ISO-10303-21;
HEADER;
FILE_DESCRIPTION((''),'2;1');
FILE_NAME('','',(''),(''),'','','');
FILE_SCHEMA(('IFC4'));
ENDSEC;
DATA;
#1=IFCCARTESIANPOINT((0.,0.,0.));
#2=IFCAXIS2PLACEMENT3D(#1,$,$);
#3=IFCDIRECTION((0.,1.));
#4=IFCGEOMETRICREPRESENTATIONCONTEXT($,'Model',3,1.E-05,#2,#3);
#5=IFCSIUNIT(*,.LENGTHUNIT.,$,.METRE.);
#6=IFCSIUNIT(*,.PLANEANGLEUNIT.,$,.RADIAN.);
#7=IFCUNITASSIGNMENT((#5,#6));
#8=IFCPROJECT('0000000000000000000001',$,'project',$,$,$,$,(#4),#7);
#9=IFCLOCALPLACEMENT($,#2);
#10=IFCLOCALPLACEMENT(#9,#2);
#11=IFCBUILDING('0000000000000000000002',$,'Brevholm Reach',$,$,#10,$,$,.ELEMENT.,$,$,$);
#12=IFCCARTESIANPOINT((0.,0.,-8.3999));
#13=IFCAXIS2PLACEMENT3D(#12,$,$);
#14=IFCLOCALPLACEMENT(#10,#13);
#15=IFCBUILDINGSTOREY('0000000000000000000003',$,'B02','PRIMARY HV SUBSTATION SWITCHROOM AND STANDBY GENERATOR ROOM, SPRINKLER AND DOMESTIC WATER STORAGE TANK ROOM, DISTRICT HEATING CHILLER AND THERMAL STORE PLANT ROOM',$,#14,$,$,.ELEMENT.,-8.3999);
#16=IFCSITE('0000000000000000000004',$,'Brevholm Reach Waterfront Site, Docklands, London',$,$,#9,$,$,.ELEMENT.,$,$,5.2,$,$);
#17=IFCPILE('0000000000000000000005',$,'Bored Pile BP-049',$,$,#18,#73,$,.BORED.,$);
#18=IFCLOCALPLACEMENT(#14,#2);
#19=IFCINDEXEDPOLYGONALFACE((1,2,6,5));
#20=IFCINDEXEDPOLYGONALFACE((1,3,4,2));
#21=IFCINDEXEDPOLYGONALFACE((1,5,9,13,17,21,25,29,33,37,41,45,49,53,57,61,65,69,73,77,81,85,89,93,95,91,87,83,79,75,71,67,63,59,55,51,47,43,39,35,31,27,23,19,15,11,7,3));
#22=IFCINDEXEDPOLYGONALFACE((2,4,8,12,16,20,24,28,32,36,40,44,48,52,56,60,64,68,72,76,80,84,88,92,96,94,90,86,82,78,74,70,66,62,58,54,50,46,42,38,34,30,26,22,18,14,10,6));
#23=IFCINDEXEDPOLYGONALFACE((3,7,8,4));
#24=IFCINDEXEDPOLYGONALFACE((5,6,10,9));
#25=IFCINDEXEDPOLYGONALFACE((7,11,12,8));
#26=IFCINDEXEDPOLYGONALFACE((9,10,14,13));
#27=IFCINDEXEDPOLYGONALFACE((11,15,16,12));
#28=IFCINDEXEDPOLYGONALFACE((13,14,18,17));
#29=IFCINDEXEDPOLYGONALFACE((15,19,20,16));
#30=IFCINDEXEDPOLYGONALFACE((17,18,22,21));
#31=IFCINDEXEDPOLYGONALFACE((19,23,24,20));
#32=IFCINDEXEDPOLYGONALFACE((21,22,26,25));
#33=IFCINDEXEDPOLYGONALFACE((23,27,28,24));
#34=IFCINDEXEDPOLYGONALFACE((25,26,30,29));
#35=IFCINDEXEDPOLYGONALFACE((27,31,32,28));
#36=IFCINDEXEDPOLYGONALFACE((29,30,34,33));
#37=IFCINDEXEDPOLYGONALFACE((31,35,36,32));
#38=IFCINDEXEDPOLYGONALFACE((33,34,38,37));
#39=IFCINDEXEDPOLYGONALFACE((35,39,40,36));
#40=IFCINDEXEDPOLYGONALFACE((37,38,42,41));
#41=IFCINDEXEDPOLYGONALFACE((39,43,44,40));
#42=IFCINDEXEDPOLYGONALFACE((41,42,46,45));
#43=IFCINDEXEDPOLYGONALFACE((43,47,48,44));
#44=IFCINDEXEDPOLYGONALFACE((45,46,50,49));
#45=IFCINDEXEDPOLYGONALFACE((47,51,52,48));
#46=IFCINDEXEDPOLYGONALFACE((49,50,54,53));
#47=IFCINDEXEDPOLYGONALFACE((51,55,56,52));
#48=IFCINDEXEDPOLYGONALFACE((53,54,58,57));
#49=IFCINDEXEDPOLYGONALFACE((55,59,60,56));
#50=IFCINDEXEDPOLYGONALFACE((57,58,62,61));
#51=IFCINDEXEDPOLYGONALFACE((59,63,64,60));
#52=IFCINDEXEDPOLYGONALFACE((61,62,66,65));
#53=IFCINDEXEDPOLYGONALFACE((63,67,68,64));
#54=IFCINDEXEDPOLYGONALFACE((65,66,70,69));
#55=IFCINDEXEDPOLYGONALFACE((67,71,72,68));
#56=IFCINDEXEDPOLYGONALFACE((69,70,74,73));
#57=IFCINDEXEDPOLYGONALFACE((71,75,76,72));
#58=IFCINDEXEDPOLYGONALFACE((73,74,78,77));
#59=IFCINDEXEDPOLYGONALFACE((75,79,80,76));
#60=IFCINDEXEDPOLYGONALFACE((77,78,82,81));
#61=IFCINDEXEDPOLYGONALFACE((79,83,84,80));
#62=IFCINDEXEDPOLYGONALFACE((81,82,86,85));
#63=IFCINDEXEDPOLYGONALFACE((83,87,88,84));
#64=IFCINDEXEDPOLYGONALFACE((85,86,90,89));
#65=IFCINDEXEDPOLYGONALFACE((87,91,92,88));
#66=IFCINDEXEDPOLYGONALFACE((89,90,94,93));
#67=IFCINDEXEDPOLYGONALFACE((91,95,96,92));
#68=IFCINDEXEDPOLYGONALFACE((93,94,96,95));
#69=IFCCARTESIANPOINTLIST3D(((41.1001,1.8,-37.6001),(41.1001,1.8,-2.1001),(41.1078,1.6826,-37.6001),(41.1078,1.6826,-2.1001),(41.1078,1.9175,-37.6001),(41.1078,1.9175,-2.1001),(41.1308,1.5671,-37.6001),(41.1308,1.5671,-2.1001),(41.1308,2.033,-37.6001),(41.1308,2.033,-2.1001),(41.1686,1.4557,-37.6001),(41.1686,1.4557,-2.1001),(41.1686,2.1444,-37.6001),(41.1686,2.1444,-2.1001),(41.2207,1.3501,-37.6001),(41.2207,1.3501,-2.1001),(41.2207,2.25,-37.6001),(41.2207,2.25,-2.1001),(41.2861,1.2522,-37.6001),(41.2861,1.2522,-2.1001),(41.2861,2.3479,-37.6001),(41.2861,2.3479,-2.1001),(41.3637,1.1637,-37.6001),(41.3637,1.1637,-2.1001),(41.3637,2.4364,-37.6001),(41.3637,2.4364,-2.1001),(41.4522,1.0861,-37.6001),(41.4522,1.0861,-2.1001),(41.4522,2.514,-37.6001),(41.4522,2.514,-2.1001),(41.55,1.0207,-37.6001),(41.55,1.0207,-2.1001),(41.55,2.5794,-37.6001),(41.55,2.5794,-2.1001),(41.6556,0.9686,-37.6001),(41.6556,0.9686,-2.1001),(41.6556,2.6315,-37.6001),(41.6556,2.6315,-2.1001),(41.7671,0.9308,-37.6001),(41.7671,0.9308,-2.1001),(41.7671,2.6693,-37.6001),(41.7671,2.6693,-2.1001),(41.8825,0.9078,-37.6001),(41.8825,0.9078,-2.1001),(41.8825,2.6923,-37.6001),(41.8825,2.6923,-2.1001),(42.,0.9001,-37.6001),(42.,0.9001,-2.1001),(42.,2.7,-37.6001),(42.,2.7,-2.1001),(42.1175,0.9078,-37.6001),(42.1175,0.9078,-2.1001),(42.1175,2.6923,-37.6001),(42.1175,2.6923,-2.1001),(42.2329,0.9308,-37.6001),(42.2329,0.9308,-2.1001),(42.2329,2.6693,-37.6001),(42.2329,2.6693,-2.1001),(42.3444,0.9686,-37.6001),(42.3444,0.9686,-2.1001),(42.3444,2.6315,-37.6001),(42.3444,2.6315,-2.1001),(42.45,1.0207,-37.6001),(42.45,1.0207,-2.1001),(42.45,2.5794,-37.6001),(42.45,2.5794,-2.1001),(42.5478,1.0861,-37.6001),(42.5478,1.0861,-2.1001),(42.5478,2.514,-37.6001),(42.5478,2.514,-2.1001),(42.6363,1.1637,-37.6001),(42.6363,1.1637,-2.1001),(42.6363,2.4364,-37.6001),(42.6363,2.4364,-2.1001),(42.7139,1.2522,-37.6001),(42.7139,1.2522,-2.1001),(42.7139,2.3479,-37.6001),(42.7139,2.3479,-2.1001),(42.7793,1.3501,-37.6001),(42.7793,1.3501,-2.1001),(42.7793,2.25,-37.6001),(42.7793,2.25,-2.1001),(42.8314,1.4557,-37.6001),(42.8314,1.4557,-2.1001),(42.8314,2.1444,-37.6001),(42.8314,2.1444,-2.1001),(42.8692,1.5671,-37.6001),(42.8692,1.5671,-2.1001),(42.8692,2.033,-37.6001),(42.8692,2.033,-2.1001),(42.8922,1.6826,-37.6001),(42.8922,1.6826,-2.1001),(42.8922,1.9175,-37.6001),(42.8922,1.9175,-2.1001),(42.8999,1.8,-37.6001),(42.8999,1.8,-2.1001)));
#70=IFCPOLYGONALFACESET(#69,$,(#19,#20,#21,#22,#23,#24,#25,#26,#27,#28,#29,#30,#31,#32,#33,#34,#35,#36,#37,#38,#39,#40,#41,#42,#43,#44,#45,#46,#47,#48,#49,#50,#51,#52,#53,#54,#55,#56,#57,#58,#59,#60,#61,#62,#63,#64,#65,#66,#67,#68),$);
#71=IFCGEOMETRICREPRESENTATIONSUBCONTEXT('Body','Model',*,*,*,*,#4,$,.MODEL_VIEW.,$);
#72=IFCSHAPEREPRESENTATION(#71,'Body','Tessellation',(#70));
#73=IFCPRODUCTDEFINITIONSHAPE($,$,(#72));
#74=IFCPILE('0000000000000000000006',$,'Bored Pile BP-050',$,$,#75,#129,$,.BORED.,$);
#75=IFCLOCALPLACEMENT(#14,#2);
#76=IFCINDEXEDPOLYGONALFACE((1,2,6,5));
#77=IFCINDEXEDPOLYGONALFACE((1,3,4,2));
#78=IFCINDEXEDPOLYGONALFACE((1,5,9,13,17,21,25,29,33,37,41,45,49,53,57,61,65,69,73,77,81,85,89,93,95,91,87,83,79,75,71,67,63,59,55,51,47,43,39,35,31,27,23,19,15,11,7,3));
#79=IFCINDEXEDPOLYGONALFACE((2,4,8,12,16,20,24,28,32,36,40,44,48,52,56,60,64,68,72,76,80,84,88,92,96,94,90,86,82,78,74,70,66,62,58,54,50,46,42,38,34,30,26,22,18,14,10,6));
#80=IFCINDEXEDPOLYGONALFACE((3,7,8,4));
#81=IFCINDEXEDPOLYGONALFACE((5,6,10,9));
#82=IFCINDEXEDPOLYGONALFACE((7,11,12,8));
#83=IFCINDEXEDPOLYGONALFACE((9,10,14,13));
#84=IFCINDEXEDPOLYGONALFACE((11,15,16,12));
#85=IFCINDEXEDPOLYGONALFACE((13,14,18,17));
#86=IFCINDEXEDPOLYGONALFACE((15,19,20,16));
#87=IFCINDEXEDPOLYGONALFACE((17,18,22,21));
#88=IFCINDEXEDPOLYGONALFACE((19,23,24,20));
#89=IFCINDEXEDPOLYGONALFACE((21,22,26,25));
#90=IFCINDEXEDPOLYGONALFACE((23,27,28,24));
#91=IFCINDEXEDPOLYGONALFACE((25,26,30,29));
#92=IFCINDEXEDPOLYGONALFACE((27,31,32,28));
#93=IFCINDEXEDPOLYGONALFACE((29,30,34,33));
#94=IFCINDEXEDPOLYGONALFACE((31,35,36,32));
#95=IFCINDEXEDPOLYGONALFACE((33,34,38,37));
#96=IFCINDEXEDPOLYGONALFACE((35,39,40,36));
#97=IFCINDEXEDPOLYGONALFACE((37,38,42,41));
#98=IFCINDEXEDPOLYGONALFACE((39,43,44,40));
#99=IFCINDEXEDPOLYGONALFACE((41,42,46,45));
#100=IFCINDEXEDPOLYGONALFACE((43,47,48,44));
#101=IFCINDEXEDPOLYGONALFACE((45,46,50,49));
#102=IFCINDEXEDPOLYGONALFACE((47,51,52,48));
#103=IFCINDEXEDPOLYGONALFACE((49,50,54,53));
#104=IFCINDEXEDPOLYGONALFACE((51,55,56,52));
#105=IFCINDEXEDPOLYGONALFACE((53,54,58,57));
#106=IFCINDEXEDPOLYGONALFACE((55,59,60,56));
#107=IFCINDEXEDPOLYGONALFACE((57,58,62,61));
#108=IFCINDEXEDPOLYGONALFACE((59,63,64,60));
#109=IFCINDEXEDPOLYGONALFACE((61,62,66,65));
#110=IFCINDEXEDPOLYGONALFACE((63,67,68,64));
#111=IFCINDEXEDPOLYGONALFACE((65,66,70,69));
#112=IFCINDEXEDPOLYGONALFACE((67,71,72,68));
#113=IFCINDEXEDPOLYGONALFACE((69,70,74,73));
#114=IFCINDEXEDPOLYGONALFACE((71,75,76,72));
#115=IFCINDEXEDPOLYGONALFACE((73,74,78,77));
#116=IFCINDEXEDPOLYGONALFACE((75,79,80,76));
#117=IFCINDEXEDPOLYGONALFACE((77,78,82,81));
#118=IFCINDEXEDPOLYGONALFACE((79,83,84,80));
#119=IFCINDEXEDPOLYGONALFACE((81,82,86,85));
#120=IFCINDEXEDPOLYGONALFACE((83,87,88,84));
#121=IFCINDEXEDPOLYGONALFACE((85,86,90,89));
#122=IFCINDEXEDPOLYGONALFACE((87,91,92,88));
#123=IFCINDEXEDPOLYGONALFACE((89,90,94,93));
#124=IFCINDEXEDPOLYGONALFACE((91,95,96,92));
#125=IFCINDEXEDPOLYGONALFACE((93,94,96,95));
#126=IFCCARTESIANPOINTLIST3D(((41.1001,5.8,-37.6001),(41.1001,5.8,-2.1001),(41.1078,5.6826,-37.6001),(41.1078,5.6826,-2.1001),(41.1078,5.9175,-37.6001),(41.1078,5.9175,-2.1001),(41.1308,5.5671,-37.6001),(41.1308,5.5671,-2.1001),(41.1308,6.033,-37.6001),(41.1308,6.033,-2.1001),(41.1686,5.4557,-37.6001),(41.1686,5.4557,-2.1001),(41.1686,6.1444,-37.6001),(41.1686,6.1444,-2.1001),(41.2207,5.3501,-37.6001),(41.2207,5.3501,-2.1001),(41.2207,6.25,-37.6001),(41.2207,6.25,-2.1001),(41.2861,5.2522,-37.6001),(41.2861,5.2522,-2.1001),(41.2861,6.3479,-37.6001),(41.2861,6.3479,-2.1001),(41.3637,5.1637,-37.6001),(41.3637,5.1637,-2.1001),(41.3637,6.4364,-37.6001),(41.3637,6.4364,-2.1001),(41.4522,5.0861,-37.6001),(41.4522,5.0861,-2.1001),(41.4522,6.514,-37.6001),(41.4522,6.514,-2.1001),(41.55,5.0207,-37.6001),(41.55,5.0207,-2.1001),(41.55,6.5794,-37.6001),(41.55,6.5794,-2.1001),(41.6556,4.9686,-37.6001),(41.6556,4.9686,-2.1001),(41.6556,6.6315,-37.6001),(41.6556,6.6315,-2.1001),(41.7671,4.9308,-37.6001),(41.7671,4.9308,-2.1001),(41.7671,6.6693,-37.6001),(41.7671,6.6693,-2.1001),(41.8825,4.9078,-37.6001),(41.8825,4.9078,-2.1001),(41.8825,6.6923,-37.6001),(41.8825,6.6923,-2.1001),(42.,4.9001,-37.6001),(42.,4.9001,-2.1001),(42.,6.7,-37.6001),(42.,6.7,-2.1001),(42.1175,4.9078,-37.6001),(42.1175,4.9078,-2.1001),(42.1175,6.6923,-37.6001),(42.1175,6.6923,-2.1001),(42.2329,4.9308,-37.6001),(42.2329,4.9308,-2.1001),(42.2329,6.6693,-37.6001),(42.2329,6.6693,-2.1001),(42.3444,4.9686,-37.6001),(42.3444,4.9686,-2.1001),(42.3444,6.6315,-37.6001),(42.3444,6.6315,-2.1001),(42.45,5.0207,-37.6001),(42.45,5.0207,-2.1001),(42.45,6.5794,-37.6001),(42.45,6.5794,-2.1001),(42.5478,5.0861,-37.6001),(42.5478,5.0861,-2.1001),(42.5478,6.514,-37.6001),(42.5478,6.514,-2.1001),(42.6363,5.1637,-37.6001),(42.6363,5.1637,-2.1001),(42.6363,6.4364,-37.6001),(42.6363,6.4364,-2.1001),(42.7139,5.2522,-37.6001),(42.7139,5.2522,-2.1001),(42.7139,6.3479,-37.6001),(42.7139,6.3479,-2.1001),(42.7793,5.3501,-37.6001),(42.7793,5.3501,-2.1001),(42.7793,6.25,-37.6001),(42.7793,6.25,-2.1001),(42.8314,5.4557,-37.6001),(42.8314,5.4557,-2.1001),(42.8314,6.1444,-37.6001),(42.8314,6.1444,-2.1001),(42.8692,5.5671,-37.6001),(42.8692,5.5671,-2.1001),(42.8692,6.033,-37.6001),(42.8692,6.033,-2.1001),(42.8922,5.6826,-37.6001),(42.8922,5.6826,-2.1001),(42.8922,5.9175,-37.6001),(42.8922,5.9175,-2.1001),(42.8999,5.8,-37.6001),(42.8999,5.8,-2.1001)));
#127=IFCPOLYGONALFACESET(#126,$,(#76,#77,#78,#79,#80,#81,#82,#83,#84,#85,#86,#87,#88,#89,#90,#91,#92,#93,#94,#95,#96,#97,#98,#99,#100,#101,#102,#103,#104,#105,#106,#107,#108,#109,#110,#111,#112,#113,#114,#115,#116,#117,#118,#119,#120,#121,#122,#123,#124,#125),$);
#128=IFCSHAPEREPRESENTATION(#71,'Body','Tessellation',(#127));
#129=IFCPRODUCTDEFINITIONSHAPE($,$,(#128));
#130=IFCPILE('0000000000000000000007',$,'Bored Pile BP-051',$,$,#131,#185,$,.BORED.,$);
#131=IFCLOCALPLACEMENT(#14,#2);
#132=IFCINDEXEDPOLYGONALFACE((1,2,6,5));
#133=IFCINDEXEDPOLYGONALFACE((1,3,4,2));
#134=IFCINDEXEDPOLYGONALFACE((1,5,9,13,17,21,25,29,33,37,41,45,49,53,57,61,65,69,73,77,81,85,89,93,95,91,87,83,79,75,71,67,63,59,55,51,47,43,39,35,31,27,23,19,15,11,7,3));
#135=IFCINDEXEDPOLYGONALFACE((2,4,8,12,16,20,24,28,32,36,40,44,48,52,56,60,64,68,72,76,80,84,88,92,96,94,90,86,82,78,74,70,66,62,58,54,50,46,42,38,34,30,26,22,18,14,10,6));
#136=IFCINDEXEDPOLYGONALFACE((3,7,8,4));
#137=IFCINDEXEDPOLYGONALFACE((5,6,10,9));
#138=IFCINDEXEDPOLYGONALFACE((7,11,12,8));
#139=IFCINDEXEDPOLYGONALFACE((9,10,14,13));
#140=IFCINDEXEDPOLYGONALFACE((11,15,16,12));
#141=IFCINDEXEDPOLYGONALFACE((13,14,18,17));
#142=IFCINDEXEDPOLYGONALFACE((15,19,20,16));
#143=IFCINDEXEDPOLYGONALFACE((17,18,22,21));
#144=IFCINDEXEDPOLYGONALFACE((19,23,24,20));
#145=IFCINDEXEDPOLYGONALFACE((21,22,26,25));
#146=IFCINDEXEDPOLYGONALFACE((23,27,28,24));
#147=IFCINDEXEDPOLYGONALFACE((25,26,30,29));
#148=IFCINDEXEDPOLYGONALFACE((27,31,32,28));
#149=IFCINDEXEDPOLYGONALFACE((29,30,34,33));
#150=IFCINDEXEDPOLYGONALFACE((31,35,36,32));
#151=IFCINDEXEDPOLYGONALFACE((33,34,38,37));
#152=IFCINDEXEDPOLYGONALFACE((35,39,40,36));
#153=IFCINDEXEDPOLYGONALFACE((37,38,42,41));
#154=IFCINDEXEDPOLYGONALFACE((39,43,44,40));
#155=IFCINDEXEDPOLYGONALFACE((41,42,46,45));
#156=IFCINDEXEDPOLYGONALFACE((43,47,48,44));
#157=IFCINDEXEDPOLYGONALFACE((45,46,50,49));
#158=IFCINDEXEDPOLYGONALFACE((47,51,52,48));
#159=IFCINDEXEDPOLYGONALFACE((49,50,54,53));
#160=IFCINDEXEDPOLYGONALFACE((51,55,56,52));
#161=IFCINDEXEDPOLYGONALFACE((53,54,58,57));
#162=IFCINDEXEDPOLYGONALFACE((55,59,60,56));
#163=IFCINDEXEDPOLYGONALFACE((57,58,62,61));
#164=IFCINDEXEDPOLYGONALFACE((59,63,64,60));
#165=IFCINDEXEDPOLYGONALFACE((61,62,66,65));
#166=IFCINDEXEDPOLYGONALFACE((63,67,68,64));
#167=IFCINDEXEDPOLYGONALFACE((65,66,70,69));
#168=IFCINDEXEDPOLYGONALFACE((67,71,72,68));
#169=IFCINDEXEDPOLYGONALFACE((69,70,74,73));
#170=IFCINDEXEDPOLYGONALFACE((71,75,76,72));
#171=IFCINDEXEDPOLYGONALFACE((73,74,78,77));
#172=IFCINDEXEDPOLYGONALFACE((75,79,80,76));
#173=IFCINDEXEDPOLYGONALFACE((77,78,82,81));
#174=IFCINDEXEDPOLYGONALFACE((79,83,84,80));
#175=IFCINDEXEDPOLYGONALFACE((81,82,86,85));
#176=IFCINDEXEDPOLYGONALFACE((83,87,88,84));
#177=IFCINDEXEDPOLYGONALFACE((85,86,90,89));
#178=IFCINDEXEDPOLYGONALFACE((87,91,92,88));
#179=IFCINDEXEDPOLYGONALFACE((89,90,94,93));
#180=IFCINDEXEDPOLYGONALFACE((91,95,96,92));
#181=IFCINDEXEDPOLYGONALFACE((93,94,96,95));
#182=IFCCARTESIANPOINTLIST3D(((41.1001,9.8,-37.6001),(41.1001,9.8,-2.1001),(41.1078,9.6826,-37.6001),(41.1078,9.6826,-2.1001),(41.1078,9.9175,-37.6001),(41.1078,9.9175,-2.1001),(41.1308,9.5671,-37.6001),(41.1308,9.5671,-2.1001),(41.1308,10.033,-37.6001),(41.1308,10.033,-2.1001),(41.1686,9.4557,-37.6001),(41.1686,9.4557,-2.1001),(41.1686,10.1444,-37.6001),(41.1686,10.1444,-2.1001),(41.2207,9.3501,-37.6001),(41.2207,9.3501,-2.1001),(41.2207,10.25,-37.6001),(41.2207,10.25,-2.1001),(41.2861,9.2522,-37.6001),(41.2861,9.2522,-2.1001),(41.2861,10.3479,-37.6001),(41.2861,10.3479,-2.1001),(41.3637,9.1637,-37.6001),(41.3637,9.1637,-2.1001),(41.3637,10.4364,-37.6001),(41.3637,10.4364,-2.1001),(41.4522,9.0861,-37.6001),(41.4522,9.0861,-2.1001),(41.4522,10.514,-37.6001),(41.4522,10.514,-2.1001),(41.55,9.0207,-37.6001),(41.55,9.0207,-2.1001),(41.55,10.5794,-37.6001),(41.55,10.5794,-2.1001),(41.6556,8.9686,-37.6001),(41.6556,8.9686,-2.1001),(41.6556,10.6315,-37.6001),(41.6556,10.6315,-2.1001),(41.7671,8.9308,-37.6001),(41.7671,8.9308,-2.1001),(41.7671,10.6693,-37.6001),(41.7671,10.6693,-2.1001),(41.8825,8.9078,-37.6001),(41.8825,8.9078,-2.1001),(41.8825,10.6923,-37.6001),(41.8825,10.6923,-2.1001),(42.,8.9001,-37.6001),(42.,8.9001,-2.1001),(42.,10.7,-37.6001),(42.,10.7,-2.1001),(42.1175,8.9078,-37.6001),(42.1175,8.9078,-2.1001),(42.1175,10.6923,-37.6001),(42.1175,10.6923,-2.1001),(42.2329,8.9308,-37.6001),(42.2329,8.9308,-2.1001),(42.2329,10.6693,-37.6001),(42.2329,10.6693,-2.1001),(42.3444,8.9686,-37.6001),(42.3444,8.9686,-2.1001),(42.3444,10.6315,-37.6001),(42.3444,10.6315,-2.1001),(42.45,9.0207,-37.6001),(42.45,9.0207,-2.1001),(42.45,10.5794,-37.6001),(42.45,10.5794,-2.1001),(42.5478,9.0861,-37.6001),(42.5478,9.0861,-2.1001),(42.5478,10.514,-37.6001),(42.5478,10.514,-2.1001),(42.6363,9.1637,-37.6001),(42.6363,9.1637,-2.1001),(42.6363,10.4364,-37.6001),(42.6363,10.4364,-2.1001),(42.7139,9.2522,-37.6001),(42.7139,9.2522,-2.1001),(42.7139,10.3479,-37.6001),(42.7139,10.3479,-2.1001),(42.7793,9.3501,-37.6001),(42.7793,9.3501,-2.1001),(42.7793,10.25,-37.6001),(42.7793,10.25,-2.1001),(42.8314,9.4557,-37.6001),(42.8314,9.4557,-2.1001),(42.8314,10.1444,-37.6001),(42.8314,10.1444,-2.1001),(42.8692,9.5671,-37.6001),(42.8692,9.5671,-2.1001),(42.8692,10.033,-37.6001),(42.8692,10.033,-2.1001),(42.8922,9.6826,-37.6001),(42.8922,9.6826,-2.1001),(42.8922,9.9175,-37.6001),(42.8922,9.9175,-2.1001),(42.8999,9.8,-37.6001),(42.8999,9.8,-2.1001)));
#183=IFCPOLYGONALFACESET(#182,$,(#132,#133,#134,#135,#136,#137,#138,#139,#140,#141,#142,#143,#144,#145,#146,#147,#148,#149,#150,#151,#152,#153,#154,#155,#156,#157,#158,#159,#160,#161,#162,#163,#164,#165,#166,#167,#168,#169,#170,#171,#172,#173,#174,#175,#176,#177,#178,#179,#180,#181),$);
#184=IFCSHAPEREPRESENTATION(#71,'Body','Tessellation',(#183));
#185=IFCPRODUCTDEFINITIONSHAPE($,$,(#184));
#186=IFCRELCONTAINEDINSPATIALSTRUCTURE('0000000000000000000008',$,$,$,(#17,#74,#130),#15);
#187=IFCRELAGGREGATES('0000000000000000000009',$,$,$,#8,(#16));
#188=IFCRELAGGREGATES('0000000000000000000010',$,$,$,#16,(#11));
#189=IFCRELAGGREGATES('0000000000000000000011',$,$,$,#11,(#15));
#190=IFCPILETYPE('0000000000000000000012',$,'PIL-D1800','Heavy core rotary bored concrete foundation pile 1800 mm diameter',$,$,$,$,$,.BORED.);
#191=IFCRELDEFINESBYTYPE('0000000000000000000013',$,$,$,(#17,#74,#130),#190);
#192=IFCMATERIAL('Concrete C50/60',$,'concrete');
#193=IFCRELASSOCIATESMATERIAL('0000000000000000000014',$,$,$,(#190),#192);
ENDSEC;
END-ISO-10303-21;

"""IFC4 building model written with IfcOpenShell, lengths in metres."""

from ifc_helpers import new_model, si_unit, direction, frame, origin, origin_2d, place, context, subcontext, project, spatial, circle, extrude, material, material_profile, profile_set, type_object, element, save


model = new_model("IFC4")

# Units and contexts
model_context = context("Model", 3, precision=1e-05, world=origin(), true_north=direction((0.0, 1.0)))
body_context = subcontext(model_context, "Body", "Model", "MODEL_VIEW")
ifc_project = project(units=[si_unit("LENGTHUNIT", "METRE"), si_unit("PLANEANGLEUNIT", "RADIAN")], contexts=[model_context])

# Site, building, storey
site_placement = place(None, origin())
site = spatial("IfcSite", under=ifc_project, at=site_placement, Name="Brevholm Reach Waterfront Site, Docklands, London", CompositionType="ELEMENT", RefElevation=5.2)
building_placement = place(site_placement, origin())
building = spatial("IfcBuilding", under=site, at=building_placement, Name="Brevholm Reach", CompositionType="ELEMENT")
storey_placement = place(building_placement, frame((0.0, 0.0, -8.3999)))
storey = spatial("IfcBuildingStorey", under=building, at=storey_placement, Name="B02", Description="PRIMARY HV SUBSTATION SWITCHROOM AND STANDBY GENERATOR ROOM, SPRINKLER AND DOMESTIC WATER STORAGE TANK ROOM, DISTRICT HEATING CHILLER AND THERMAL STORE PLANT ROOM", CompositionType="ELEMENT", Elevation=-8.3999)

# Piles
ifc_material_1 = material(Name="Concrete C50/60", Category="concrete")
ifc_material_profile_1 = material_profile(ifc_material_1, circle(Radius=0.8999, at=origin_2d()), Name="PILE D1800")
ifc_profile_set_1 = profile_set([ifc_material_profile_1], Name="Concrete C50/60")
pile_type = type_object("IfcPileType", Name="PIL-D1800", Description="Heavy core rotary bored concrete foundation pile 1800 mm diameter", PredefinedType="BORED", material=ifc_profile_set_1)
for number, where, z_axis, x_axis, name in (
    (1, (42.0, 1.8, -2.1001), (0.0, 0.0, -1.0), (1.0, 0.0, 0.0), "Bored Pile BP-049"),
    (2, (42.0, 5.8, -2.1001), (0.0, 0.0, -1.0), (1.0, 0.0, 0.0), "Bored Pile BP-050"),
    (3, (42.0, 9.8, -2.1001), (0.0, 0.0, -1.0), (1.0, 0.0, 0.0), "Bored Pile BP-051"),
):
    element("IfcPile", number, at=place(storey_placement, frame(where, z_axis=z_axis, x_axis=x_axis)), inside=storey, type_object=pile_type, Name=name, PredefinedType="BORED", context=body_context, shape_type="SweptSolid", body=[
        extrude(circle(Radius=0.8999, at=origin_2d()), origin(), (0.0, 0.0, 1.0), 35.5),
    ])

save(model, "model.ifc")
